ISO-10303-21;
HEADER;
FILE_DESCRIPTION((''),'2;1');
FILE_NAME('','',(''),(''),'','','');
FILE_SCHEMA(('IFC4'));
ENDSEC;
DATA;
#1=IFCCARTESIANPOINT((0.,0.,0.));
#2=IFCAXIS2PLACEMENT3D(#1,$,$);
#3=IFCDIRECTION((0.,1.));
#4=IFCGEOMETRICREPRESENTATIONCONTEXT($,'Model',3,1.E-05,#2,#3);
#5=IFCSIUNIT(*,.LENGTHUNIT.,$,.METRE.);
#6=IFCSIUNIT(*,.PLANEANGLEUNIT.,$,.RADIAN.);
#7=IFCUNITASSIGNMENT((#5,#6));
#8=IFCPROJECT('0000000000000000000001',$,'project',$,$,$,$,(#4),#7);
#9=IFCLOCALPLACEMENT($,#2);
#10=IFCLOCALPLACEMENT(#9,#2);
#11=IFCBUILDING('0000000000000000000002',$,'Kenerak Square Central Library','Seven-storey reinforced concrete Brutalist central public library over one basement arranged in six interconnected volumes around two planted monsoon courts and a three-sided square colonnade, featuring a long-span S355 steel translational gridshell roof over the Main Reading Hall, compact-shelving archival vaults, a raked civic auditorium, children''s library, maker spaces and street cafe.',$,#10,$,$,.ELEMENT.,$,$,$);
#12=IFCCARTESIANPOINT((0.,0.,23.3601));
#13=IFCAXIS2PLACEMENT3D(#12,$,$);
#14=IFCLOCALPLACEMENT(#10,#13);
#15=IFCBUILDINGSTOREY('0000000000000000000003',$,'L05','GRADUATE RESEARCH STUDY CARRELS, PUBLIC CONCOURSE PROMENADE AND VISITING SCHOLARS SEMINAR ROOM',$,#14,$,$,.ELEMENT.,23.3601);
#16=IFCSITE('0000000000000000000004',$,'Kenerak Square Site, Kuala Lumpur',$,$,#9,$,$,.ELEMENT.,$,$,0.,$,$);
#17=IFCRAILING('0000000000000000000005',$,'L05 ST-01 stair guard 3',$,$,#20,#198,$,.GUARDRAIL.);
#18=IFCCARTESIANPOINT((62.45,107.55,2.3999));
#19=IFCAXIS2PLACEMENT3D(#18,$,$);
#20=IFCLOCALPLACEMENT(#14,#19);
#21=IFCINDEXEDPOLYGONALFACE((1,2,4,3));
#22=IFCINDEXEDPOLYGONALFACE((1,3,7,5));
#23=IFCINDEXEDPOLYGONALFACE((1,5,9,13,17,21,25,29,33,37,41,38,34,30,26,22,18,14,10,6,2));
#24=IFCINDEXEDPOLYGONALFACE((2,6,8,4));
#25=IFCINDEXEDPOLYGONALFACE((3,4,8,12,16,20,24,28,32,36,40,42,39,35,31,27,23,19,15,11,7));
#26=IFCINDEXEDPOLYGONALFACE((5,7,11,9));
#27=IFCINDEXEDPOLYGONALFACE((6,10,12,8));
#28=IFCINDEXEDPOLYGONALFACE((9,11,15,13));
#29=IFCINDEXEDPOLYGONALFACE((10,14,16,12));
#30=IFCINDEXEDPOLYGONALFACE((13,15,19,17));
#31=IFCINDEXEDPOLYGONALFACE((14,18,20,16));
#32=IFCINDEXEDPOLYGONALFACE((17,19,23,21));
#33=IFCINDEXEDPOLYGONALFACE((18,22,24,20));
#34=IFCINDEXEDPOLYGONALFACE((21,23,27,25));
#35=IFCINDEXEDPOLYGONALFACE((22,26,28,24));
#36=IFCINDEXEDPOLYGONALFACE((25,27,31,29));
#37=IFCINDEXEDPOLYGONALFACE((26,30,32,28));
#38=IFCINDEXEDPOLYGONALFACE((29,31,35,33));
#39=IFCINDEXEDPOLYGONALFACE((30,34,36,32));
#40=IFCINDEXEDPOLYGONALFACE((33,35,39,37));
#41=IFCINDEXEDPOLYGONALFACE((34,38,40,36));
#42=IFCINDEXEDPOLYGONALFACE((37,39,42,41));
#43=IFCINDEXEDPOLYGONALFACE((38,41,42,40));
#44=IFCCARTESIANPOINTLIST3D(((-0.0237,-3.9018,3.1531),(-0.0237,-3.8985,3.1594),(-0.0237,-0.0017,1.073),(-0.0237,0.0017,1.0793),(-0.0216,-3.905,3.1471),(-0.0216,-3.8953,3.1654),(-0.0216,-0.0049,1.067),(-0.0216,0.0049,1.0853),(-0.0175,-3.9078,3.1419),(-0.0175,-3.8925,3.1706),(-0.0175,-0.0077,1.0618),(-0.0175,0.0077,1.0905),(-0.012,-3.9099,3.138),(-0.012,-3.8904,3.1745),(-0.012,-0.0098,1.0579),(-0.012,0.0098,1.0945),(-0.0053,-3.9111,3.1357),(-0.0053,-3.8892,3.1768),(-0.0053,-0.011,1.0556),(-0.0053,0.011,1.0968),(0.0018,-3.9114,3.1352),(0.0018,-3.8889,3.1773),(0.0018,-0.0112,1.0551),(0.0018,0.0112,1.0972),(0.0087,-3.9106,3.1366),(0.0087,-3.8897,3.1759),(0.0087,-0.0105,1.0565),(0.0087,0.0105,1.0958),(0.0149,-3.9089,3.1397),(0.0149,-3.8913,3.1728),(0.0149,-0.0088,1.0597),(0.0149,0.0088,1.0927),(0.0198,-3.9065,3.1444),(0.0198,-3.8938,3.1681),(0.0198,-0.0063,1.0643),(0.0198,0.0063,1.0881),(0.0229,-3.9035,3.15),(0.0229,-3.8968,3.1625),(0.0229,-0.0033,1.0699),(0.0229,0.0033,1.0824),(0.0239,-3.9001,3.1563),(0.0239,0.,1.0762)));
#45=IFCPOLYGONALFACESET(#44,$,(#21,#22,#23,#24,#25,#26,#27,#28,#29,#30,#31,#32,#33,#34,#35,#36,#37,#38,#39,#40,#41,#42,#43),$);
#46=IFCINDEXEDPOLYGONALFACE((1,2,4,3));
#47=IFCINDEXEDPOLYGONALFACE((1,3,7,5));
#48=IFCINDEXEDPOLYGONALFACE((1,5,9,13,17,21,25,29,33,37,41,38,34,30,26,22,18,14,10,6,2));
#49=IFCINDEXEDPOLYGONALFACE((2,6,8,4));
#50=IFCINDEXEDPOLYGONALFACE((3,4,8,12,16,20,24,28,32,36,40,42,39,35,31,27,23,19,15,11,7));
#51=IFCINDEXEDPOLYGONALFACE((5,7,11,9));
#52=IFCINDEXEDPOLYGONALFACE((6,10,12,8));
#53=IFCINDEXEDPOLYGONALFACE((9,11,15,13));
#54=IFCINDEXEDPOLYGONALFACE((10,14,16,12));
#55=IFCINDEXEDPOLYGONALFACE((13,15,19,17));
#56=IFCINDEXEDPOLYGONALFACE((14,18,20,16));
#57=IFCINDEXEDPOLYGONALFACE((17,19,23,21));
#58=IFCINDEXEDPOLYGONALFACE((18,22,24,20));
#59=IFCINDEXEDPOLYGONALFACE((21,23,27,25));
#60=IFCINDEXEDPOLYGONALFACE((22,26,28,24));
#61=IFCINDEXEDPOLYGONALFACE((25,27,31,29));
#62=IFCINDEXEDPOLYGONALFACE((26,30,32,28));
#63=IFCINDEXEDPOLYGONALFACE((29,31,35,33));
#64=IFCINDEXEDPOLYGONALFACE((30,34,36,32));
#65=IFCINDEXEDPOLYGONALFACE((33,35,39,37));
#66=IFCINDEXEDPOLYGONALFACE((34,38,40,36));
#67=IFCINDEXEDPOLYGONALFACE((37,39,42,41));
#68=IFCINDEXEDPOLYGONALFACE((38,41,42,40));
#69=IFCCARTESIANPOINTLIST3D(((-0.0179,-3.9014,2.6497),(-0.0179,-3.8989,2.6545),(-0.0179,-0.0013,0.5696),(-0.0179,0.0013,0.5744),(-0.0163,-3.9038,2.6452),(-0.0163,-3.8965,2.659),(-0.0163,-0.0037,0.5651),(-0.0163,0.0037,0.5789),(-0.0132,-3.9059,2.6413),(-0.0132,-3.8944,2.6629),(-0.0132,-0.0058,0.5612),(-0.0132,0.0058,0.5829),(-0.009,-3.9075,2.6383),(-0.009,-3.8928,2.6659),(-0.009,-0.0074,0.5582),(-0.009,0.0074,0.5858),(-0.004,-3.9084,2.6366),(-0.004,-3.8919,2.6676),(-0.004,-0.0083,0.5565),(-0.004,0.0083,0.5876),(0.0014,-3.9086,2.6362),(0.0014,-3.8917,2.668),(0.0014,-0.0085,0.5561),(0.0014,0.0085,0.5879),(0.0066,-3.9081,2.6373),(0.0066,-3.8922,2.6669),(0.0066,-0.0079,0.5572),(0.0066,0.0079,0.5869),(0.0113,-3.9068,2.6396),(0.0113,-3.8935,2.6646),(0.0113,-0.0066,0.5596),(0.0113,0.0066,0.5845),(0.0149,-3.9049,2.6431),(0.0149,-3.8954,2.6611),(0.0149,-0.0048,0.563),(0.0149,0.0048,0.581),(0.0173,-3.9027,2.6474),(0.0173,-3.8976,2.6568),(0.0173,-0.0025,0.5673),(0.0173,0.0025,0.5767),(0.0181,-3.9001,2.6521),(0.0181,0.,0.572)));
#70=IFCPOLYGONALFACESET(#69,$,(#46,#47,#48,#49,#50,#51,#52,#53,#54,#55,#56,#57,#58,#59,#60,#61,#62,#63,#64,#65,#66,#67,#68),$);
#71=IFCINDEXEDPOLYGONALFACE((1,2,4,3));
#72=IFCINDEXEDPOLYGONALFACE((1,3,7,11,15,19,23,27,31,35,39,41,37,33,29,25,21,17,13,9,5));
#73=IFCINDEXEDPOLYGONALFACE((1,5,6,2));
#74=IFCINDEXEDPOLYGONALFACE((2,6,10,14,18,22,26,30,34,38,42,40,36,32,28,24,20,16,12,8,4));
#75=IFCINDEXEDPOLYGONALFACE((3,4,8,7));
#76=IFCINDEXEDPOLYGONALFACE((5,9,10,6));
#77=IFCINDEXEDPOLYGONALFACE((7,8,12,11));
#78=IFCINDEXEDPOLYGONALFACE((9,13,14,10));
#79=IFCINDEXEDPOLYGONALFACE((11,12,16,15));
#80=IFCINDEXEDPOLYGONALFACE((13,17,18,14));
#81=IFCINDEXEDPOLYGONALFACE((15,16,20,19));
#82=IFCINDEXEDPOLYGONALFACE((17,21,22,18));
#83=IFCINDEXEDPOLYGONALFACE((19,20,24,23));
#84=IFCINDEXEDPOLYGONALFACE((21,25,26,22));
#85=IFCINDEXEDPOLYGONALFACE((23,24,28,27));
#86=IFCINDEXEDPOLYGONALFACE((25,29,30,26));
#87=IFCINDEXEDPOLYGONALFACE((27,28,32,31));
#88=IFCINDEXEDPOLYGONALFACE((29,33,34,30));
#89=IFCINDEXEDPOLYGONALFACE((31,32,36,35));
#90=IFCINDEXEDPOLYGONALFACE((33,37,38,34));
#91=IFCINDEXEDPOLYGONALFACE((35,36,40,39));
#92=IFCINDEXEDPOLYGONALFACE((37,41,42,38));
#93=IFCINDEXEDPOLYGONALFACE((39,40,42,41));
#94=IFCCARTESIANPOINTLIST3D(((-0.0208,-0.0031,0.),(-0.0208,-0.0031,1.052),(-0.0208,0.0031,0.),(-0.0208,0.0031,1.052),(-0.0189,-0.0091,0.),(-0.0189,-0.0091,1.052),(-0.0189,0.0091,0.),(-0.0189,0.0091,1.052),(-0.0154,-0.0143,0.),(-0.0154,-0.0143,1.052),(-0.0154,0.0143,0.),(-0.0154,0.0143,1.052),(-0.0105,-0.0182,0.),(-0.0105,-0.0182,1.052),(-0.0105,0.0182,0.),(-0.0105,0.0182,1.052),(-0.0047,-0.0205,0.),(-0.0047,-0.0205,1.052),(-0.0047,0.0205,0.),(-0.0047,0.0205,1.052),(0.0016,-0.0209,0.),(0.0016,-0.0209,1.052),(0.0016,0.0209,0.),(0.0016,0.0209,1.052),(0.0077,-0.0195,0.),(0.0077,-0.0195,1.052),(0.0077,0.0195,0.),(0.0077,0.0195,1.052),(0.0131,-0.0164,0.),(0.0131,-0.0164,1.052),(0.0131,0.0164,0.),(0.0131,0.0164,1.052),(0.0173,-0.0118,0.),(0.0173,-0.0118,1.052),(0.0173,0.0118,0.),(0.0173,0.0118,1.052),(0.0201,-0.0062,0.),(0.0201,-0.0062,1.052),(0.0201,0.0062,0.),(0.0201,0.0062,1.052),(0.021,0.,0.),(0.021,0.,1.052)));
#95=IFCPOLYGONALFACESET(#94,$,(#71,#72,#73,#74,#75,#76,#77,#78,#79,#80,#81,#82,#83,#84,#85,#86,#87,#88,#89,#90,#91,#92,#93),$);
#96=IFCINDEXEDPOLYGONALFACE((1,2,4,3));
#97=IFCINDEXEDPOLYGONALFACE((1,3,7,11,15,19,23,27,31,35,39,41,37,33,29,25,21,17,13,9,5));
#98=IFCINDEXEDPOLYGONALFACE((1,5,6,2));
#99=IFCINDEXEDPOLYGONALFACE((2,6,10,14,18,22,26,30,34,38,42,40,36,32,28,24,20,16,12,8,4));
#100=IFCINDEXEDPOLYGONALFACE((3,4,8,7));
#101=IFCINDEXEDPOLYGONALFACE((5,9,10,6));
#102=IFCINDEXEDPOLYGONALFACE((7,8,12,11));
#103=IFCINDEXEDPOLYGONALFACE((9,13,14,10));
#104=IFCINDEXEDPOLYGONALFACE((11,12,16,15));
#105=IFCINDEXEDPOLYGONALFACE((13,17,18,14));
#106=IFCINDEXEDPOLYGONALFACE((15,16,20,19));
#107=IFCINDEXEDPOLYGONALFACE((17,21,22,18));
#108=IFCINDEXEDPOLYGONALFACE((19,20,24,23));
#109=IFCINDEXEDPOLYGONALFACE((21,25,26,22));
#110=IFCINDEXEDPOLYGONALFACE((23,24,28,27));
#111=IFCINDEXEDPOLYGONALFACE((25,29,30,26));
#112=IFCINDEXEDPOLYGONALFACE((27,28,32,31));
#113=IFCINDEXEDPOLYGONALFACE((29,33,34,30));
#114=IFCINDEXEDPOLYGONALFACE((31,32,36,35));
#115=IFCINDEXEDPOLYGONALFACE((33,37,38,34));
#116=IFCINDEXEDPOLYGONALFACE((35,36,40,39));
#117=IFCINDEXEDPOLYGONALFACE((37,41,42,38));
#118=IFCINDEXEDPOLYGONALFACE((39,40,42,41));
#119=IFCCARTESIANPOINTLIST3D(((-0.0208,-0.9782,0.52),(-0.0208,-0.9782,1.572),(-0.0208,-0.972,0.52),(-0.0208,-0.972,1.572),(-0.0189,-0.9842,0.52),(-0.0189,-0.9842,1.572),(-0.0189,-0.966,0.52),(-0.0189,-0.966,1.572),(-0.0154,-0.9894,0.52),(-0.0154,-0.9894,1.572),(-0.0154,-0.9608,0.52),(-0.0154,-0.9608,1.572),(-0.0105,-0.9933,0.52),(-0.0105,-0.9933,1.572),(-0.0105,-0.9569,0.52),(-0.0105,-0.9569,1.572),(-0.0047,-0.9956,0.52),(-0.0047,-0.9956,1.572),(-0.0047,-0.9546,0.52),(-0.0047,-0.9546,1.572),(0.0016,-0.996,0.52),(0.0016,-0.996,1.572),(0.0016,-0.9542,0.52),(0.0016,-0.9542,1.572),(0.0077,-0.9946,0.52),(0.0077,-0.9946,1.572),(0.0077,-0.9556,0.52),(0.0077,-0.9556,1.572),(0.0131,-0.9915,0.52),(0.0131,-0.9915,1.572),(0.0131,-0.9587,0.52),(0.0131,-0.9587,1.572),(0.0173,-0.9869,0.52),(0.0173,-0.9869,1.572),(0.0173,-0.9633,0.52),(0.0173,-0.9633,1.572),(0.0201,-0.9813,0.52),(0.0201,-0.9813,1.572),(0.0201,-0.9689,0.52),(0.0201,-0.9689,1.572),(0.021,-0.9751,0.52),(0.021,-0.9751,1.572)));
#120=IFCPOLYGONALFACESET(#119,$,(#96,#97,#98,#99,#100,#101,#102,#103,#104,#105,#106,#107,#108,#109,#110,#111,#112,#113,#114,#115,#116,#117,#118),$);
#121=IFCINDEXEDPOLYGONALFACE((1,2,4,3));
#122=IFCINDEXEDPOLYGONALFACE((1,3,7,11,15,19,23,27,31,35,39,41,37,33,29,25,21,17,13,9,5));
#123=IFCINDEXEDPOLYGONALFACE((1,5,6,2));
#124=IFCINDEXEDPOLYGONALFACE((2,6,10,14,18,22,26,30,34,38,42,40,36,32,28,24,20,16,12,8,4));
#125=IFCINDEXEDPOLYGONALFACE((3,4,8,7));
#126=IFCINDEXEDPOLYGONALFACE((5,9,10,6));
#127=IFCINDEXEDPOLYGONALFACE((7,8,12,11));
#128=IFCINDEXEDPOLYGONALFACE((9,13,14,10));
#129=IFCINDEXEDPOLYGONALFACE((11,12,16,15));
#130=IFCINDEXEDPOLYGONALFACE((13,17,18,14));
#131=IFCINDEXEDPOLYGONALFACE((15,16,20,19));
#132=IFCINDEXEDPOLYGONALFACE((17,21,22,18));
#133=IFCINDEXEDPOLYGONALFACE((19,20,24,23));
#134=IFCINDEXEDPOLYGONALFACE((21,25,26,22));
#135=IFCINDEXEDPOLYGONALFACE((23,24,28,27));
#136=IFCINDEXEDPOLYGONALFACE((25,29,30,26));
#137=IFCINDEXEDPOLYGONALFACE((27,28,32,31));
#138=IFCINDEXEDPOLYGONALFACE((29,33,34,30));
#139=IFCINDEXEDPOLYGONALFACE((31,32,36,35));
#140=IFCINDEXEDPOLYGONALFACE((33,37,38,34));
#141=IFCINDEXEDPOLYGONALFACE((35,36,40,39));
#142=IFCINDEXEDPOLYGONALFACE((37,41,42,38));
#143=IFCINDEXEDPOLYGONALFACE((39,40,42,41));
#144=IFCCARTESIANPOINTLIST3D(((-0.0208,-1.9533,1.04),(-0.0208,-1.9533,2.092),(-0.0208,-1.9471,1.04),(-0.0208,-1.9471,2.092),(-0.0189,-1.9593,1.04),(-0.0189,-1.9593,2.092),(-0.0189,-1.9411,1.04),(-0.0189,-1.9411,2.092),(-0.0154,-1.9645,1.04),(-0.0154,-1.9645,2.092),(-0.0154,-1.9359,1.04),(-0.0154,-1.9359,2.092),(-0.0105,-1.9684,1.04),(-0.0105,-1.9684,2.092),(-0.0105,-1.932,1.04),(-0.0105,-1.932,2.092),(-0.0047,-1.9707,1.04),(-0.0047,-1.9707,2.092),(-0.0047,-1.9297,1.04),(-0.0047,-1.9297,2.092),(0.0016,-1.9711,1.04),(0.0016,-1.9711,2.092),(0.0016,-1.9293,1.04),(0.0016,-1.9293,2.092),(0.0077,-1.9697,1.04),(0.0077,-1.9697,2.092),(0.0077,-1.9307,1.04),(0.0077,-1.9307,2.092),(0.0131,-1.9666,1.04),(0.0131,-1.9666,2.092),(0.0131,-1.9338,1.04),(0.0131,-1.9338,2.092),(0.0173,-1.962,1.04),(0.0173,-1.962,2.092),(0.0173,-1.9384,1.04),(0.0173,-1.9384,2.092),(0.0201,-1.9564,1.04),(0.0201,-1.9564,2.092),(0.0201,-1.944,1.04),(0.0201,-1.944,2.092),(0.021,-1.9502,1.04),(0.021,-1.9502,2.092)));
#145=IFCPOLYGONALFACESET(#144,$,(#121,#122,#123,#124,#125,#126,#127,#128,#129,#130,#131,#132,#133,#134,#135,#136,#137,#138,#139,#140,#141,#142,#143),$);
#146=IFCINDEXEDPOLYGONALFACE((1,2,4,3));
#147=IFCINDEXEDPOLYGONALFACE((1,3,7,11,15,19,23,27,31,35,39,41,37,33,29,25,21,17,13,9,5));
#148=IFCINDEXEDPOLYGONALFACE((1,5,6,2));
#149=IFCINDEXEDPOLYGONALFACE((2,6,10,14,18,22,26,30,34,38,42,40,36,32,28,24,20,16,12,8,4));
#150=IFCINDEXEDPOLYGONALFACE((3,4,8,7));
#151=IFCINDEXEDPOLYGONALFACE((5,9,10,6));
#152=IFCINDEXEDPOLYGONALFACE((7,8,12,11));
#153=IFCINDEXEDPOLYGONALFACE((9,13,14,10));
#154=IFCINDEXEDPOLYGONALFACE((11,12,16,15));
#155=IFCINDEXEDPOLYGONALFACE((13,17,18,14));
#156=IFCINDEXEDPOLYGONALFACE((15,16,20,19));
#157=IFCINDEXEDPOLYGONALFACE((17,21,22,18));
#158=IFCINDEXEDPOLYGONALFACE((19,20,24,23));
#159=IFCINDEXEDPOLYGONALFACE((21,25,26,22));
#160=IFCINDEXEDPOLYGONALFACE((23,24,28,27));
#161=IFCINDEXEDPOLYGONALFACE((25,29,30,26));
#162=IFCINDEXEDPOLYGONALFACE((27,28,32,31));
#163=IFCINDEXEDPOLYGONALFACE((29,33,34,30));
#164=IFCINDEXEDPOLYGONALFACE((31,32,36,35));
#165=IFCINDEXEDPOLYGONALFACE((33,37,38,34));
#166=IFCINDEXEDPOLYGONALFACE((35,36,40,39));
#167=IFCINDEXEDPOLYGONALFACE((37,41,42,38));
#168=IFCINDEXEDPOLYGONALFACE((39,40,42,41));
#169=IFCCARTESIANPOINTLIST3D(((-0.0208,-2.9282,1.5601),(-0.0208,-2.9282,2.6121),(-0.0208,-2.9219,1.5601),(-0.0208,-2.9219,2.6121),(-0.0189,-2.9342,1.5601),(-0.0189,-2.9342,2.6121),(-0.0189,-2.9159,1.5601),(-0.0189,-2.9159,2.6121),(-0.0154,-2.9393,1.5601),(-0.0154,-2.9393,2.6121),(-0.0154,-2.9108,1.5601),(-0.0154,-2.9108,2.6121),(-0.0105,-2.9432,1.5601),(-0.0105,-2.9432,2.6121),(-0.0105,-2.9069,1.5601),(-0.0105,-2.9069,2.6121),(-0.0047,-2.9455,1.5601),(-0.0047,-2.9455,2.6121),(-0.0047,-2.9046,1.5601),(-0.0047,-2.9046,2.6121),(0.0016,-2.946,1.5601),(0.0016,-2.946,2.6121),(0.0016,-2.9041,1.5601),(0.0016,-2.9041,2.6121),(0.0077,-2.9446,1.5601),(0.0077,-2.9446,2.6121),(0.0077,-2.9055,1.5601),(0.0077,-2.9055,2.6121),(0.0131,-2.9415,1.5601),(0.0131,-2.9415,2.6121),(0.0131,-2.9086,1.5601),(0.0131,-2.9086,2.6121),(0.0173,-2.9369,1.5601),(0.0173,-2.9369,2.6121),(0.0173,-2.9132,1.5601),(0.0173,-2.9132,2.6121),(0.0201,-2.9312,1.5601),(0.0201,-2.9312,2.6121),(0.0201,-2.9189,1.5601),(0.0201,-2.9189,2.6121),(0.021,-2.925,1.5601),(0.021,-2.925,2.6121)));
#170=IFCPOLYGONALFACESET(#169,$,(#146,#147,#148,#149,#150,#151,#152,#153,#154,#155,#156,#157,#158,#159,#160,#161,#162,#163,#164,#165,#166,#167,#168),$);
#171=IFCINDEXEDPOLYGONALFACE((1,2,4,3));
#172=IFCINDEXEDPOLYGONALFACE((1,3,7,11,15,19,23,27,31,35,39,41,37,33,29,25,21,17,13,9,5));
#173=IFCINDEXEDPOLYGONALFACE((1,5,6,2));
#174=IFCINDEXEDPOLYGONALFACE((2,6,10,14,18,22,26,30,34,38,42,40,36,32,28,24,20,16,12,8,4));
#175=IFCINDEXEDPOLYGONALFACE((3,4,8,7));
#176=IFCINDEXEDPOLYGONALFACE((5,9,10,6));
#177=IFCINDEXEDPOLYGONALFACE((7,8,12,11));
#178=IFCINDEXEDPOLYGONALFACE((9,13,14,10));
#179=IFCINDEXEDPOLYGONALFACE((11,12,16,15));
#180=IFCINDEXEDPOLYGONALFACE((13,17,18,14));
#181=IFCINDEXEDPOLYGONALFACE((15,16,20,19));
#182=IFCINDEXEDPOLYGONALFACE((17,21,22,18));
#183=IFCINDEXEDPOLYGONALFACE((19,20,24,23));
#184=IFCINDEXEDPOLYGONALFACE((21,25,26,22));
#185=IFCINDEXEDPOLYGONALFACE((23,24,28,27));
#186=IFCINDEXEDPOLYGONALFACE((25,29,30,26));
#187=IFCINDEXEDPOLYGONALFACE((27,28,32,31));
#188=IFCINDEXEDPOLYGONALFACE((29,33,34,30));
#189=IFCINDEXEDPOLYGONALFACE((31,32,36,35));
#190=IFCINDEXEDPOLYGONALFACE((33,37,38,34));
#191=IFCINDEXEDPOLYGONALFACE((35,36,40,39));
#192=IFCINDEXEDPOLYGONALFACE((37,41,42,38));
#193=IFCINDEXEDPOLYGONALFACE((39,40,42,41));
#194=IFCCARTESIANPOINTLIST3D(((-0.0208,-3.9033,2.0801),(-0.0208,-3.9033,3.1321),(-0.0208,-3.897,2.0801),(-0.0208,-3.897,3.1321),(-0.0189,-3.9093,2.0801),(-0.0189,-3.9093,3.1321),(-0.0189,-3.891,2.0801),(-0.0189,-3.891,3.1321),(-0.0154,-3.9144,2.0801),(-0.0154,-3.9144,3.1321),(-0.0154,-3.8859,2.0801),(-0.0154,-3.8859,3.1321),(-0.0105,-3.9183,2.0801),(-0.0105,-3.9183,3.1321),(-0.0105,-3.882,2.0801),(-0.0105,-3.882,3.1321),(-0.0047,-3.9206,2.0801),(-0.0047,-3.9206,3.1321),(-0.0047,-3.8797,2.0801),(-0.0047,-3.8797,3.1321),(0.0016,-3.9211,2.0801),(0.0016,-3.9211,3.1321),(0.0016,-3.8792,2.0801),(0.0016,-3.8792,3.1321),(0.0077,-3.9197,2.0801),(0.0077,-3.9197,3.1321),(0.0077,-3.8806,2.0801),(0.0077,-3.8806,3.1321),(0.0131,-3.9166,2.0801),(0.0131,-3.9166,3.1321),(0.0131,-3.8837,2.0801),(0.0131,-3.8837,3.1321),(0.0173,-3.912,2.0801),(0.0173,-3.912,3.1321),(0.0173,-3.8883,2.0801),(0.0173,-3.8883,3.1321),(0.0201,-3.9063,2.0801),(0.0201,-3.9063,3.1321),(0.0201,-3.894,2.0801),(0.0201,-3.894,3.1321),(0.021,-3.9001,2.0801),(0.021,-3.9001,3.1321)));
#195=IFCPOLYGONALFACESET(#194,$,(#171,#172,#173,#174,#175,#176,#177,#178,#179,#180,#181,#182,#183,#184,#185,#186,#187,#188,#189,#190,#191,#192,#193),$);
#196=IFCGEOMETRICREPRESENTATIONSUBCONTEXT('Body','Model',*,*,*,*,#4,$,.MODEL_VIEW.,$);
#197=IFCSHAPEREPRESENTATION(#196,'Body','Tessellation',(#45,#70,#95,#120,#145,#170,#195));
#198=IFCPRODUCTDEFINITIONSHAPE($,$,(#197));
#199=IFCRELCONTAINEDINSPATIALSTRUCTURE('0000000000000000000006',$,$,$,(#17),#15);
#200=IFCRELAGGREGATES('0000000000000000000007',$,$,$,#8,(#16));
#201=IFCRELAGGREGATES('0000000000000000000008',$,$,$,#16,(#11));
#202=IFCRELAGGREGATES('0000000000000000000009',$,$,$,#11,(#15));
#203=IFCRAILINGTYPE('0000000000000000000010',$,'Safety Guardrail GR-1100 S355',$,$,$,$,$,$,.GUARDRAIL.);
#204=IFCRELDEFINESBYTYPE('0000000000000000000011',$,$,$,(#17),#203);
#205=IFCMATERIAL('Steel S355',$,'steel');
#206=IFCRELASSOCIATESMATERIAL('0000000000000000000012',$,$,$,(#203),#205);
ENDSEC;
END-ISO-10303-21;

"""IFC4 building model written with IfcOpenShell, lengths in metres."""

from ifc_helpers import new_model, si_unit, direction, frame, origin, origin_2d, place, context, subcontext, project, spatial, circle, extrude, material, type_object, element, save


model = new_model("IFC4")

# Units and contexts
model_context = context("Model", 3, precision=1e-05, world=origin(), true_north=direction((0.0, 1.0)))
body_context = subcontext(model_context, "Body", "Model", "MODEL_VIEW")
ifc_project = project(units=[si_unit("LENGTHUNIT", "METRE"), si_unit("PLANEANGLEUNIT", "RADIAN")], contexts=[model_context])

# Site, building, storey
site_placement = place(None, origin())
site = spatial("IfcSite", under=ifc_project, at=site_placement, Name="Kenerak Square Site, Kuala Lumpur", CompositionType="ELEMENT", RefElevation=0.0)
building_placement = place(site_placement, origin())
building = spatial("IfcBuilding", under=site, at=building_placement, Name="Kenerak Square Central Library", Description="Seven-storey reinforced concrete Brutalist central public library over one basement arranged in six interconnected volumes around two planted monsoon courts and a three-sided square colonnade, featuring a long-span S355 steel translational gridshell roof over the Main Reading Hall, compact-shelving archival vaults, a raked civic auditorium, children's library, maker spaces and street cafe.", CompositionType="ELEMENT")
storey_placement = place(building_placement, frame((0.0, 0.0, 23.3601)))
storey = spatial("IfcBuildingStorey", under=building, at=storey_placement, Name="L05", Description="GRADUATE RESEARCH STUDY CARRELS, PUBLIC CONCOURSE PROMENADE AND VISITING SCHOLARS SEMINAR ROOM", CompositionType="ELEMENT", Elevation=23.3601)

# Shared definitions
ifc_material_1 = material(Name="Steel S355", Category="steel")

# Railing
railing_type_1 = type_object("IfcRailingType", Name="Safety Guardrail GR-1100 S355", PredefinedType="GUARDRAIL", material=ifc_material_1)
railing_1_placement = place(storey_placement, frame((62.45, 107.55, 2.3999)))
element("IfcRailing", 1, at=railing_1_placement, inside=storey, type_object=railing_type_1, Name="L05 ST-01 stair guard 3", PredefinedType="GUARDRAIL", context=body_context, shape_type="SweptSolid", body=[
    extrude(circle(Radius=0.0239, at=origin_2d()), frame((0.0, 0.0, 1.0762), z_axis=(0.0, -0.882353, 0.470588), x_axis=(1.0, 0.0, 0.0)), (0.0, 0.0, 1.0), 4.4202),
    extrude(circle(Radius=0.0181, at=origin_2d()), frame((0.0, 0.0, 0.572), z_axis=(0.0, -0.882353, 0.470588), x_axis=(1.0, 0.0, 0.0)), (0.0, 0.0, 1.0), 4.4202),
    extrude(circle(Radius=0.021, at=origin_2d()), origin(), (0.0, 0.0, 1.0), 1.052),
    extrude(circle(Radius=0.021, at=origin_2d()), frame((0.0, -0.9751, 0.52)), (0.0, 0.0, 1.0), 1.052),
    extrude(circle(Radius=0.021, at=origin_2d()), frame((0.0, -1.9502, 1.04)), (0.0, 0.0, 1.0), 1.052),
    extrude(circle(Radius=0.021, at=origin_2d()), frame((0.0, -2.925, 1.5601)), (0.0, 0.0, 1.0), 1.052),
    extrude(circle(Radius=0.021, at=origin_2d()), frame((0.0, -3.9001, 2.0801)), (0.0, 0.0, 1.0), 1.052),
])

save(model, "model.ifc")
